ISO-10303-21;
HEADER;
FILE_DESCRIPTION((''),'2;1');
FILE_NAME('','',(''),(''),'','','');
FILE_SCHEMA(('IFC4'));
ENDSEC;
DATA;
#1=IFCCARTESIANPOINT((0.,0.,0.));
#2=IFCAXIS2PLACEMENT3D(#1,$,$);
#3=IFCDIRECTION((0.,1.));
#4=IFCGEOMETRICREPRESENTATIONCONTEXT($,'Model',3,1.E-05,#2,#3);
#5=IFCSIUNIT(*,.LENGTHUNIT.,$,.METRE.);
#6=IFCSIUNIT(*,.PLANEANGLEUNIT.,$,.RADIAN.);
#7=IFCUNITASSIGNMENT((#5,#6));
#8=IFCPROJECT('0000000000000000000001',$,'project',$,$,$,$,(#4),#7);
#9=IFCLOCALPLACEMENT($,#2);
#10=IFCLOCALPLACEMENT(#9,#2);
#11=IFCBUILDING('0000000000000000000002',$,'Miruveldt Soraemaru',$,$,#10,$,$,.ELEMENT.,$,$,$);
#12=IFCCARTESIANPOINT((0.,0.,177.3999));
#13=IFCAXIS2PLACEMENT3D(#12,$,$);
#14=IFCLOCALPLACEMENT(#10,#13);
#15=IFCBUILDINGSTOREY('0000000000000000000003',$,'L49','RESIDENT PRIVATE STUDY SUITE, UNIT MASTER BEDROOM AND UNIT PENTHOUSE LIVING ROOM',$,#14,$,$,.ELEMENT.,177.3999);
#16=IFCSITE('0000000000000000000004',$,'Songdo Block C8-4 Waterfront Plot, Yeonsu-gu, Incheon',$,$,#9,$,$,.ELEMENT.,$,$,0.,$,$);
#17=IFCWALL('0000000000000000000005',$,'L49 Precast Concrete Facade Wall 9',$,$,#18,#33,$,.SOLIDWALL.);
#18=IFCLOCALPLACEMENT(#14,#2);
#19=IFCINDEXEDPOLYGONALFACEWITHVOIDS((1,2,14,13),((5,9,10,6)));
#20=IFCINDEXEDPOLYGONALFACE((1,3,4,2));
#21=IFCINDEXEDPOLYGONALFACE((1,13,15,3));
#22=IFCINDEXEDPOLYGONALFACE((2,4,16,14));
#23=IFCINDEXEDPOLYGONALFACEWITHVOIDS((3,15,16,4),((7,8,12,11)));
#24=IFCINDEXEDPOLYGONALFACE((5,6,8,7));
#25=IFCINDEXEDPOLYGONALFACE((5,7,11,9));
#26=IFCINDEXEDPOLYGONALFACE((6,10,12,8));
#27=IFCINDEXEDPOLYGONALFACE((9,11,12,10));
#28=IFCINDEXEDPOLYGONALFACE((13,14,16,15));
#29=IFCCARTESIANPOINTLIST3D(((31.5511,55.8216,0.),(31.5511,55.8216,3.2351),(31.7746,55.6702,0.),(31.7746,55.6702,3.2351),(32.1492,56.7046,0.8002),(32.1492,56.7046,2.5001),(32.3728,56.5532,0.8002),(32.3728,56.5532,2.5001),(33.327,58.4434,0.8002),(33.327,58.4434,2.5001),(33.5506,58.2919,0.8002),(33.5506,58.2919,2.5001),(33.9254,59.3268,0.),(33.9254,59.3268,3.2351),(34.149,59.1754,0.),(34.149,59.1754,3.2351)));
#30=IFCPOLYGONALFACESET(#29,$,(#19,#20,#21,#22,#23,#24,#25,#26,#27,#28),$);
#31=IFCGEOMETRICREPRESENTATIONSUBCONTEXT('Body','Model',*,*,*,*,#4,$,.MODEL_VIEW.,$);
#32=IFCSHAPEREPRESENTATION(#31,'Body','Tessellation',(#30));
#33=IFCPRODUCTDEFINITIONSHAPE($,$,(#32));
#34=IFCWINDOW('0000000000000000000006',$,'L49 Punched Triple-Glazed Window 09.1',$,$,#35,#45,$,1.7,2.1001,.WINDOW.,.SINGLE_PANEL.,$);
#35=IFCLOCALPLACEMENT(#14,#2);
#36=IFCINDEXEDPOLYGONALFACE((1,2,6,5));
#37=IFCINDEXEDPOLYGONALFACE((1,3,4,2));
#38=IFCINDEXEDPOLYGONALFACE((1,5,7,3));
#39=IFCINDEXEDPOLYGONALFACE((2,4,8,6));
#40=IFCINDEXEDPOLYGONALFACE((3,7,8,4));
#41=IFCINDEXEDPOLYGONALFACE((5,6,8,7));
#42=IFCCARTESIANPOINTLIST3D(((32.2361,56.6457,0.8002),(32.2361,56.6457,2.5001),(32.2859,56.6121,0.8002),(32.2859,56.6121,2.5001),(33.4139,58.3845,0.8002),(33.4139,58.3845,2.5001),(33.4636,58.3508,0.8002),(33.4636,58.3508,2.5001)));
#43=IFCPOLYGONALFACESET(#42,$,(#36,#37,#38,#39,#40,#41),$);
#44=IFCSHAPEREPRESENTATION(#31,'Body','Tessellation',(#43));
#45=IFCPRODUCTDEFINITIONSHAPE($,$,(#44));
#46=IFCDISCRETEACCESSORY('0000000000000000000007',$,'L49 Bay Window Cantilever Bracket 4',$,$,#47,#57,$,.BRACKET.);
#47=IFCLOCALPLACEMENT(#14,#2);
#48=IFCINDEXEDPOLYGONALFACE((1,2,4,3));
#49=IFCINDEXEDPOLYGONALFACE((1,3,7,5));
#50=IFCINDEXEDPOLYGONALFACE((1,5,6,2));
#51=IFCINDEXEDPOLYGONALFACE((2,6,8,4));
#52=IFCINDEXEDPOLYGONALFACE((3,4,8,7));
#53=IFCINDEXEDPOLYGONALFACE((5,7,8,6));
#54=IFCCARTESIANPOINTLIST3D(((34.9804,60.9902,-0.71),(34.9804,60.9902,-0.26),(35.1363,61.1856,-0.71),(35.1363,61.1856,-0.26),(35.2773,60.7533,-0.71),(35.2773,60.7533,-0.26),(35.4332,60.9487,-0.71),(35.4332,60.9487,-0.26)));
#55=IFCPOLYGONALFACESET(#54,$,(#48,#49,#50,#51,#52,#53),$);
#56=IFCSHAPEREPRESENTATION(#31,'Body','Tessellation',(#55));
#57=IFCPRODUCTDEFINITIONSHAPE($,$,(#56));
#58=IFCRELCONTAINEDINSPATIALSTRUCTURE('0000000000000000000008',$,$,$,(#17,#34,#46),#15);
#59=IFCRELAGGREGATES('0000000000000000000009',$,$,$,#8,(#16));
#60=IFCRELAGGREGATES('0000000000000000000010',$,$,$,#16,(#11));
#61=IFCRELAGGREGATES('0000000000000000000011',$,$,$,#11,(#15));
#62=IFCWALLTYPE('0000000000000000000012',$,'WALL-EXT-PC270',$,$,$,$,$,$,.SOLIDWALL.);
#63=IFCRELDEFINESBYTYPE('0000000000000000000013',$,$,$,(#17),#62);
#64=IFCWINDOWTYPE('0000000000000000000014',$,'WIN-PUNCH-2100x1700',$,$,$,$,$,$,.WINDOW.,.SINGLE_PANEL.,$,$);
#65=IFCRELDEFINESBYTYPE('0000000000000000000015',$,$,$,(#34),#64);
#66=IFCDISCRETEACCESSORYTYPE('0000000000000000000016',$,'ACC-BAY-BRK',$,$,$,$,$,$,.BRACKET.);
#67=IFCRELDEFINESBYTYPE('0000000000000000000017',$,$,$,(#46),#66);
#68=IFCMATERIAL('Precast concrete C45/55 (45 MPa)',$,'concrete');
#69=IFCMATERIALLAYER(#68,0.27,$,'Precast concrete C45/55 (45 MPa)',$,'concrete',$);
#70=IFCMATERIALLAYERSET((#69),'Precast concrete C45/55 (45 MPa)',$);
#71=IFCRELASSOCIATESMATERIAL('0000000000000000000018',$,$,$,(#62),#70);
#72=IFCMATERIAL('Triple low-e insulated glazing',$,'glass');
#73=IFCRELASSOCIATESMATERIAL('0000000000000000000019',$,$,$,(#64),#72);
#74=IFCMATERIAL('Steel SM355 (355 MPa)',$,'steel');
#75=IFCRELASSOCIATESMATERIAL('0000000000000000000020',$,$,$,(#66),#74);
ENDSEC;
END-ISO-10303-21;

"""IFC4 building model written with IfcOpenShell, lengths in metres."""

from ifc_helpers import new_model, si_unit, direction, frame, frame_2d, origin, origin_2d, place, context, subcontext, project, spatial, rectangle, extrude, material, layer, layer_set, type_object, element, fill, save


model = new_model("IFC4")

# Units and contexts
model_context = context("Model", 3, precision=1e-05, world=origin(), true_north=direction((0.0, 1.0)))
body_context = subcontext(model_context, "Body", "Model", "MODEL_VIEW")
ifc_project = project(units=[si_unit("LENGTHUNIT", "METRE"), si_unit("PLANEANGLEUNIT", "RADIAN")], contexts=[model_context])

# Site, building, storey
site_placement = place(None, origin())
site = spatial("IfcSite", under=ifc_project, at=site_placement, Name="Songdo Block C8-4 Waterfront Plot, Yeonsu-gu, Incheon", CompositionType="ELEMENT", RefElevation=0.0)
building_placement = place(site_placement, origin())
building = spatial("IfcBuilding", under=site, at=building_placement, Name="Miruveldt Soraemaru", CompositionType="ELEMENT")
storey_placement = place(building_placement, frame((0.0, 0.0, 177.3999)))
storey = spatial("IfcBuildingStorey", under=building, at=storey_placement, Name="L49", Description="RESIDENT PRIVATE STUDY SUITE, UNIT MASTER BEDROOM AND UNIT PENTHOUSE LIVING ROOM", CompositionType="ELEMENT", Elevation=177.3999)

# Shared definitions
ifc_material_1 = material(Name="Steel SM355 (355 MPa)", Category="steel")

# Shared definitions
ifc_material_2 = material(Name="Triple low-e insulated glazing", Category="glass")
ifc_material_3 = material(Name="Precast concrete C45/55 (45 MPa)", Category="concrete")
ifc_layer_1 = layer(ifc_material_3, 0.27, Name="Precast concrete C45/55 (45 MPa)", Category="concrete")
ifc_layer_set_1 = layer_set([ifc_layer_1], Name="Precast concrete C45/55 (45 MPa)")
wall_type_1 = type_object("IfcWallType", Name="WALL-EXT-PC270", PredefinedType="SOLIDWALL", material=ifc_layer_set_1)
window_type_1 = type_object("IfcWindowType", Name="WIN-PUNCH-2100x1700", PartitioningType="SINGLE_PANEL", PredefinedType="WINDOW", material=ifc_material_2)

# Wall, opening, window
wall_1_placement = place(storey_placement, frame((34.0371, 59.251, 0.0), z_axis=(0.0, 0.0, 1.0), x_axis=(-0.56082, -0.827938, 0.0)))
wall_1 = element("IfcWall", 1, at=wall_1_placement, inside=storey, type_object=wall_type_1, Name="L49 Precast Concrete Facade Wall 9", PredefinedType="SOLIDWALL", context=body_context, shape_type="SweptSolid", body=[
    extrude(rectangle(XDim=4.2336, YDim=0.27, at=frame_2d((2.1167, 0.0))), origin(), (0.0, 0.0, 1.0), 3.2351),
])
opening_1_placement = place(wall_1_placement, frame((1.0669, 0.0, 0.8)))
opening_1 = element("IfcOpeningElement", 2, at=opening_1_placement, cuts=wall_1, PredefinedType="OPENING", context=body_context, shape_type="SweptSolid", body=[
    extrude(rectangle(XDim=2.1001, YDim=1.7, at=frame_2d((1.05, 0.8501))), frame((0.0, 0.145, 0.0), z_axis=(0.0, -1.0, 0.0), x_axis=(1.0, 0.0, 0.0)), (0.0, 0.0, 1.0), 0.29),
])
window_1_placement = place(opening_1_placement, origin())
window_1 = element("IfcWindow", 3, at=window_1_placement, inside=storey, type_object=window_type_1, Name="L49 Punched Triple-Glazed Window 09.1", OverallHeight=1.7, OverallWidth=2.1001, PartitioningType="SINGLE_PANEL", PredefinedType="WINDOW", context=body_context, shape_type="SweptSolid", body=[
    extrude(rectangle(XDim=2.1001, YDim=1.7, at=frame_2d((1.05, 0.8501))), frame((0.0, 0.03, 0.0), z_axis=(0.0, -1.0, 0.0), x_axis=(1.0, 0.0, 0.0)), (0.0, 0.0, 1.0), 0.0601),
])
fill(opening_1, window_1)

# Discrete accessory
discrete_accessory_type = type_object("IfcDiscreteAccessoryType", Name="ACC-BAY-BRK", PredefinedType="BRACKET", material=ifc_material_1)
discrete_accessory_placement = place(storey_placement, frame((35.2068, 60.9695, -0.71), z_axis=(0.0, 0.0, 1.0), x_axis=(-0.781727, 0.62362, 0.0)))
element("IfcDiscreteAccessory", 4, at=discrete_accessory_placement, inside=storey, type_object=discrete_accessory_type, Name="L49 Bay Window Cantilever Bracket 4", PredefinedType="BRACKET", context=body_context, shape_type="SweptSolid", body=[
    extrude(rectangle(XDim=0.3799, YDim=0.25, at=origin_2d()), origin(), (0.0, 0.0, 1.0), 0.45),
])

save(model, "model.ifc")
